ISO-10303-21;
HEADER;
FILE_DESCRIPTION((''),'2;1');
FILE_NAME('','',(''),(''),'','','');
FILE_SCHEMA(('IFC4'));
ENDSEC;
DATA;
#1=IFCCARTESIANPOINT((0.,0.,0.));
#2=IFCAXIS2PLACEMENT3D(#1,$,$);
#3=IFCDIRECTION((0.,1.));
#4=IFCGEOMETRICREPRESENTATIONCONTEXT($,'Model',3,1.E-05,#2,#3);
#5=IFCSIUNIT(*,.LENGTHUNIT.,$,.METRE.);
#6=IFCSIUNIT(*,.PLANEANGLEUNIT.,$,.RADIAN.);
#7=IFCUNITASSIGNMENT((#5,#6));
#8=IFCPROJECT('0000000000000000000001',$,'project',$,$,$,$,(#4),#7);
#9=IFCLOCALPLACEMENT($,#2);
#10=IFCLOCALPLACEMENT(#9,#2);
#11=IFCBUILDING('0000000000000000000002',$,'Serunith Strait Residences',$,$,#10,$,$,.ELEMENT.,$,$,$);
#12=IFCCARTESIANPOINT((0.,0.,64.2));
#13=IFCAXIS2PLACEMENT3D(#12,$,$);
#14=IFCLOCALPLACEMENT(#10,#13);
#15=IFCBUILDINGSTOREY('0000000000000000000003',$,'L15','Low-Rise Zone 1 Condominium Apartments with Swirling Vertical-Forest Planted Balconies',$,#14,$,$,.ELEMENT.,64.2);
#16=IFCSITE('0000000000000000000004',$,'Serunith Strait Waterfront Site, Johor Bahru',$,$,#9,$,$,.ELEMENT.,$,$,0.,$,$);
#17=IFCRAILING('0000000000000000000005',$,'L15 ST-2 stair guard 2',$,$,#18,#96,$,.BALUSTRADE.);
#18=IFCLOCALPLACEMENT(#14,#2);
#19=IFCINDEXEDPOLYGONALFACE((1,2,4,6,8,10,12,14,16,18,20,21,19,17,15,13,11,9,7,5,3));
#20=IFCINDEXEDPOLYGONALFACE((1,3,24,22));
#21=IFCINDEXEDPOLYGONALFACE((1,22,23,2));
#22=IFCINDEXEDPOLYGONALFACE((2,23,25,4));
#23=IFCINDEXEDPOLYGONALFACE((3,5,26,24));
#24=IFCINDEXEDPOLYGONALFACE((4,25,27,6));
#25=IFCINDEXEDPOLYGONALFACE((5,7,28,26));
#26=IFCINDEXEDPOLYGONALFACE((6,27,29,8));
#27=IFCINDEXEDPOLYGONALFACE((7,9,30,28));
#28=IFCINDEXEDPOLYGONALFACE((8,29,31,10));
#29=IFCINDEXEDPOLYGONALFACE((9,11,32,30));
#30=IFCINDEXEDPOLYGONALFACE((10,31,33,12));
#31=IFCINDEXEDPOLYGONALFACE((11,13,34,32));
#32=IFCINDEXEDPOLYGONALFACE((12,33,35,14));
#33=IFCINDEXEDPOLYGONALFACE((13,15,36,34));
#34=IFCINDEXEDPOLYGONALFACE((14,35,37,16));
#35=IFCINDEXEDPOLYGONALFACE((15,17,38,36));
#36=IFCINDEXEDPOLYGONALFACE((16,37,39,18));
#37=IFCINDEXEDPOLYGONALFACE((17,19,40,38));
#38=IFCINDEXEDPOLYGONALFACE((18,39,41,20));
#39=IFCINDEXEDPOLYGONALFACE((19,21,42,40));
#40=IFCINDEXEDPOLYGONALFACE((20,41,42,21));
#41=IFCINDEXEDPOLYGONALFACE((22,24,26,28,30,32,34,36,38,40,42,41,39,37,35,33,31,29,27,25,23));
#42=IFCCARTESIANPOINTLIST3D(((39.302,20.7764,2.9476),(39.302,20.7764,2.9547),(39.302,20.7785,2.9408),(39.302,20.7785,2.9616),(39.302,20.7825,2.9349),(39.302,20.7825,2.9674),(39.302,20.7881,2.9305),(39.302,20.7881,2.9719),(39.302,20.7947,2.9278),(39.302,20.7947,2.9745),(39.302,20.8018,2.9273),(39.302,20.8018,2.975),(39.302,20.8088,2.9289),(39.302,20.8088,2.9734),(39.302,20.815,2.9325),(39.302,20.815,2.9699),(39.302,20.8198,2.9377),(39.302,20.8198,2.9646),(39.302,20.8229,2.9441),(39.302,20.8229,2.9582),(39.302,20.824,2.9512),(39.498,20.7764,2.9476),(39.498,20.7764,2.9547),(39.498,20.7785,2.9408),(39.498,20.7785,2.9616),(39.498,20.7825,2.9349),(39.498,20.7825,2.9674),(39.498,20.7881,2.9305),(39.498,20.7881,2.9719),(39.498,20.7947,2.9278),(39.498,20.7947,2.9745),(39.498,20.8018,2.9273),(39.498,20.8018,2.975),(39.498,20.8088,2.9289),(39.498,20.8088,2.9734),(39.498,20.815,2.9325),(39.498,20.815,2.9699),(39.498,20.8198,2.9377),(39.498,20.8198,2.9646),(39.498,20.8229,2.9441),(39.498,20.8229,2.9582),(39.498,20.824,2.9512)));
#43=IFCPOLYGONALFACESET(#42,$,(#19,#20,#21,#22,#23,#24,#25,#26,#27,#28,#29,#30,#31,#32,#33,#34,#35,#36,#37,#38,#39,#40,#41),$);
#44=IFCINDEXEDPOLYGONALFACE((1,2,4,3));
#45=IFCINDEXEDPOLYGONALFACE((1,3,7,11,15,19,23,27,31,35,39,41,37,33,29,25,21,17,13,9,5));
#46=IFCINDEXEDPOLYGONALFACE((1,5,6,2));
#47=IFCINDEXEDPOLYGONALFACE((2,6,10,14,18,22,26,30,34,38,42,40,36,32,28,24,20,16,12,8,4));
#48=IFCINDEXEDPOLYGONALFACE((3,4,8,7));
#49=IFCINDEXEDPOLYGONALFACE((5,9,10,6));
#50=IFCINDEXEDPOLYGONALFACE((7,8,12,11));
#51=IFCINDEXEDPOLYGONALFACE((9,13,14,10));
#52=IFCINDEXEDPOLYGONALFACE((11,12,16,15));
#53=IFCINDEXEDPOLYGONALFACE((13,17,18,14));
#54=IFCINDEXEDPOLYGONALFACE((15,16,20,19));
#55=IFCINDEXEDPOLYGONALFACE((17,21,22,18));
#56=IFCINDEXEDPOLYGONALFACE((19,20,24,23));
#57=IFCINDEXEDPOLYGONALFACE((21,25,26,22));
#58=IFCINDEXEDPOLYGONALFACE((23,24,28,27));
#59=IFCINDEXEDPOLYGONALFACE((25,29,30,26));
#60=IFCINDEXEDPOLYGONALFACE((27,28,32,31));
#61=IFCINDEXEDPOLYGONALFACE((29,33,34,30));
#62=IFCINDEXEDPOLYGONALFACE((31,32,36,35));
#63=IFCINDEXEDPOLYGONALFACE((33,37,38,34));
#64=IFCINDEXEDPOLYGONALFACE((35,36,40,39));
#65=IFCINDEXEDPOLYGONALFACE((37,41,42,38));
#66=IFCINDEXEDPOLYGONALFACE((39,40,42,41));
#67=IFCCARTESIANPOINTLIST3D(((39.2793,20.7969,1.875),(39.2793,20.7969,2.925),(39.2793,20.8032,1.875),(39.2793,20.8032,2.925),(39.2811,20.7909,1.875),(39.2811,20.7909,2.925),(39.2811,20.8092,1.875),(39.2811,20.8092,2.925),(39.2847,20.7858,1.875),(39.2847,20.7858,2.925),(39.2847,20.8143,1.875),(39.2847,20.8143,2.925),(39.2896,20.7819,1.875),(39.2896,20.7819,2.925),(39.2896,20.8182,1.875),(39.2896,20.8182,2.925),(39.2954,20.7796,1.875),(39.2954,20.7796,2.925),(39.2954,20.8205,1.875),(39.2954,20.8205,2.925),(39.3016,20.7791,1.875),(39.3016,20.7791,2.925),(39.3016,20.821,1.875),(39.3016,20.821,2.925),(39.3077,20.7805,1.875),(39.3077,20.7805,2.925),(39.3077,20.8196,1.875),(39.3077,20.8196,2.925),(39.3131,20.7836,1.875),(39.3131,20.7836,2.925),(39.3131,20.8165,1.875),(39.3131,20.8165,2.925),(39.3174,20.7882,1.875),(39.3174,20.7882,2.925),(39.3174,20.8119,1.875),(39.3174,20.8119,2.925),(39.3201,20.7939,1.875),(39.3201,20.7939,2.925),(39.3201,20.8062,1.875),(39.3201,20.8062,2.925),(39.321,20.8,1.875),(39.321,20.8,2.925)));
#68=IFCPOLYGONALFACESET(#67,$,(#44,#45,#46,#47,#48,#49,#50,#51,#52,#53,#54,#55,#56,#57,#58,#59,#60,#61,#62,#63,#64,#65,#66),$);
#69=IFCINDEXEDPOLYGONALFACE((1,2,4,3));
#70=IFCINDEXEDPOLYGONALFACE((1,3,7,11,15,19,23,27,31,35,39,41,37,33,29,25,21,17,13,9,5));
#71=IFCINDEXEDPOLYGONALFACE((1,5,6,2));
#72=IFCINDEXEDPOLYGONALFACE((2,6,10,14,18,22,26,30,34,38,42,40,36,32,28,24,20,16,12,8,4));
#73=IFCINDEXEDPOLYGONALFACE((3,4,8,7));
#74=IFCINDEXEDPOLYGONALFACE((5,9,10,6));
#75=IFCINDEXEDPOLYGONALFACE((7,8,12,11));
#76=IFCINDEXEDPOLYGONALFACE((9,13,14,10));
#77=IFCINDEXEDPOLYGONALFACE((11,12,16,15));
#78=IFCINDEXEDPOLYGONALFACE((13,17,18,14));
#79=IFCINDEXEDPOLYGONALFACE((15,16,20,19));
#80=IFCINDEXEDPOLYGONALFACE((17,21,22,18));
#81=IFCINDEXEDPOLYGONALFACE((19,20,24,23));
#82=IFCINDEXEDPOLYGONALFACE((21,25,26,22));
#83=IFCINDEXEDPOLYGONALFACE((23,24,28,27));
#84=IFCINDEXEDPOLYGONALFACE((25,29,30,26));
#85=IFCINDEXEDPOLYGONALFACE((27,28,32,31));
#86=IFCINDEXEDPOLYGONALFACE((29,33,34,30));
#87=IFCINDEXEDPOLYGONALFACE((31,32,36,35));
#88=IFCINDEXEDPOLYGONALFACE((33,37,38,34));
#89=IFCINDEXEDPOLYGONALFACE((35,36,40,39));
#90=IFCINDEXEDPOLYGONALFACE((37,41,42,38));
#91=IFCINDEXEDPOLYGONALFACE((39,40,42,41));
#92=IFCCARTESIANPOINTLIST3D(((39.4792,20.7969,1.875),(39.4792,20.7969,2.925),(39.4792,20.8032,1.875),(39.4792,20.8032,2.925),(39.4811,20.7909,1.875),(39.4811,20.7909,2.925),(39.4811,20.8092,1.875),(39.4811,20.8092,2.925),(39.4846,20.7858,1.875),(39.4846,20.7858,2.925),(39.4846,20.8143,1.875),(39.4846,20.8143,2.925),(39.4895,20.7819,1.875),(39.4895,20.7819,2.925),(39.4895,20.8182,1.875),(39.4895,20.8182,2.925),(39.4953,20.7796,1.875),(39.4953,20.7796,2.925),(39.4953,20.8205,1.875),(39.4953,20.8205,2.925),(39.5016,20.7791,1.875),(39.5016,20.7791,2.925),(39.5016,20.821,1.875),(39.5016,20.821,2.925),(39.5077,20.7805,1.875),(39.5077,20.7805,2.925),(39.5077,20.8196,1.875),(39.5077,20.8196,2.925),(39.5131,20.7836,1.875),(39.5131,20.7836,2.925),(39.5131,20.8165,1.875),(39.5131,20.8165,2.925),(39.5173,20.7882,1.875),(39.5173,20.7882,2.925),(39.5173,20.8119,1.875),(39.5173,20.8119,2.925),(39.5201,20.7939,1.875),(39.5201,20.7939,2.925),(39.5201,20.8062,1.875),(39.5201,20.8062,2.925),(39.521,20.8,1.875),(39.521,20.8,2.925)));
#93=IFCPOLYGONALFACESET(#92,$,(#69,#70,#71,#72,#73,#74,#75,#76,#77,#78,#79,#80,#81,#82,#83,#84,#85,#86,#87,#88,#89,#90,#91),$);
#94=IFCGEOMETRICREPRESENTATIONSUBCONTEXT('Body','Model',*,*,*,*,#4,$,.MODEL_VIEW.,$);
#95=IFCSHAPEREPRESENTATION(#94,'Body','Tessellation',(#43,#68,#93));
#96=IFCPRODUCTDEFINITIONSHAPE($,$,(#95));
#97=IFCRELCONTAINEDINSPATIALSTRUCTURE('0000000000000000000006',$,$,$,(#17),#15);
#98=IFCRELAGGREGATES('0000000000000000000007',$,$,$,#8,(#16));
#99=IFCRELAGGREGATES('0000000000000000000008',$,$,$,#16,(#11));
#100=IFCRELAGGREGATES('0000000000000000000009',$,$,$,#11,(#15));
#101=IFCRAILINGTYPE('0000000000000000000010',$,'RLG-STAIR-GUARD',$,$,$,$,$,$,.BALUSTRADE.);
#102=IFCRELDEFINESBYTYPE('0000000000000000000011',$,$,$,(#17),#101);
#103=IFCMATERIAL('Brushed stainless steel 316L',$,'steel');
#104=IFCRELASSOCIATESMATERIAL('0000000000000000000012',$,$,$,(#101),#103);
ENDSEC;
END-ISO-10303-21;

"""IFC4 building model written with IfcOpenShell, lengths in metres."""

from ifc_helpers import new_model, si_unit, direction, frame, origin, origin_2d, place, context, subcontext, project, spatial, circle, extrude, material, type_object, element, save


model = new_model("IFC4")

# Units and contexts
model_context = context("Model", 3, precision=1e-05, world=origin(), true_north=direction((0.0, 1.0)))
body_context = subcontext(model_context, "Body", "Model", "MODEL_VIEW")
ifc_project = project(units=[si_unit("LENGTHUNIT", "METRE"), si_unit("PLANEANGLEUNIT", "RADIAN")], contexts=[model_context])

# Site, building, storey
site_placement = place(None, origin())
site = spatial("IfcSite", under=ifc_project, at=site_placement, Name="Serunith Strait Waterfront Site, Johor Bahru", CompositionType="ELEMENT", RefElevation=0.0)
building_placement = place(site_placement, origin())
building = spatial("IfcBuilding", under=site, at=building_placement, Name="Serunith Strait Residences", CompositionType="ELEMENT")
storey_placement = place(building_placement, frame((0.0, 0.0, 64.2)))
storey = spatial("IfcBuildingStorey", under=building, at=storey_placement, Name="L15", Description="Low-Rise Zone 1 Condominium Apartments with Swirling Vertical-Forest Planted Balconies", CompositionType="ELEMENT", Elevation=64.2)

# Railing
ifc_material_1 = material(Name="Brushed stainless steel 316L", Category="steel")
railing_type_1 = type_object("IfcRailingType", Name="RLG-STAIR-GUARD", PredefinedType="BALUSTRADE", material=ifc_material_1)
railing_1_placement = place(storey_placement, frame((39.3, 20.8, 1.875)))
element("IfcRailing", 1, at=railing_1_placement, inside=storey, type_object=railing_type_1, Name="L15 ST-2 stair guard 2", PredefinedType="BALUSTRADE", context=body_context, shape_type="SweptSolid", body=[
    extrude(circle(Radius=0.0239, at=origin_2d()), frame((0.002, 0.0, 1.0762), z_axis=(1.0, 0.0, 0.0), x_axis=(0.0, 1.0, 0.0)), (0.0, 0.0, 1.0), 0.196),
    extrude(circle(Radius=0.021, at=origin_2d()), origin(), (0.0, 0.0, 1.0), 1.05),
    extrude(circle(Radius=0.021, at=origin_2d()), frame((0.2, 0.0, 0.0)), (0.0, 0.0, 1.0), 1.05),
])

save(model, "model.ifc")
